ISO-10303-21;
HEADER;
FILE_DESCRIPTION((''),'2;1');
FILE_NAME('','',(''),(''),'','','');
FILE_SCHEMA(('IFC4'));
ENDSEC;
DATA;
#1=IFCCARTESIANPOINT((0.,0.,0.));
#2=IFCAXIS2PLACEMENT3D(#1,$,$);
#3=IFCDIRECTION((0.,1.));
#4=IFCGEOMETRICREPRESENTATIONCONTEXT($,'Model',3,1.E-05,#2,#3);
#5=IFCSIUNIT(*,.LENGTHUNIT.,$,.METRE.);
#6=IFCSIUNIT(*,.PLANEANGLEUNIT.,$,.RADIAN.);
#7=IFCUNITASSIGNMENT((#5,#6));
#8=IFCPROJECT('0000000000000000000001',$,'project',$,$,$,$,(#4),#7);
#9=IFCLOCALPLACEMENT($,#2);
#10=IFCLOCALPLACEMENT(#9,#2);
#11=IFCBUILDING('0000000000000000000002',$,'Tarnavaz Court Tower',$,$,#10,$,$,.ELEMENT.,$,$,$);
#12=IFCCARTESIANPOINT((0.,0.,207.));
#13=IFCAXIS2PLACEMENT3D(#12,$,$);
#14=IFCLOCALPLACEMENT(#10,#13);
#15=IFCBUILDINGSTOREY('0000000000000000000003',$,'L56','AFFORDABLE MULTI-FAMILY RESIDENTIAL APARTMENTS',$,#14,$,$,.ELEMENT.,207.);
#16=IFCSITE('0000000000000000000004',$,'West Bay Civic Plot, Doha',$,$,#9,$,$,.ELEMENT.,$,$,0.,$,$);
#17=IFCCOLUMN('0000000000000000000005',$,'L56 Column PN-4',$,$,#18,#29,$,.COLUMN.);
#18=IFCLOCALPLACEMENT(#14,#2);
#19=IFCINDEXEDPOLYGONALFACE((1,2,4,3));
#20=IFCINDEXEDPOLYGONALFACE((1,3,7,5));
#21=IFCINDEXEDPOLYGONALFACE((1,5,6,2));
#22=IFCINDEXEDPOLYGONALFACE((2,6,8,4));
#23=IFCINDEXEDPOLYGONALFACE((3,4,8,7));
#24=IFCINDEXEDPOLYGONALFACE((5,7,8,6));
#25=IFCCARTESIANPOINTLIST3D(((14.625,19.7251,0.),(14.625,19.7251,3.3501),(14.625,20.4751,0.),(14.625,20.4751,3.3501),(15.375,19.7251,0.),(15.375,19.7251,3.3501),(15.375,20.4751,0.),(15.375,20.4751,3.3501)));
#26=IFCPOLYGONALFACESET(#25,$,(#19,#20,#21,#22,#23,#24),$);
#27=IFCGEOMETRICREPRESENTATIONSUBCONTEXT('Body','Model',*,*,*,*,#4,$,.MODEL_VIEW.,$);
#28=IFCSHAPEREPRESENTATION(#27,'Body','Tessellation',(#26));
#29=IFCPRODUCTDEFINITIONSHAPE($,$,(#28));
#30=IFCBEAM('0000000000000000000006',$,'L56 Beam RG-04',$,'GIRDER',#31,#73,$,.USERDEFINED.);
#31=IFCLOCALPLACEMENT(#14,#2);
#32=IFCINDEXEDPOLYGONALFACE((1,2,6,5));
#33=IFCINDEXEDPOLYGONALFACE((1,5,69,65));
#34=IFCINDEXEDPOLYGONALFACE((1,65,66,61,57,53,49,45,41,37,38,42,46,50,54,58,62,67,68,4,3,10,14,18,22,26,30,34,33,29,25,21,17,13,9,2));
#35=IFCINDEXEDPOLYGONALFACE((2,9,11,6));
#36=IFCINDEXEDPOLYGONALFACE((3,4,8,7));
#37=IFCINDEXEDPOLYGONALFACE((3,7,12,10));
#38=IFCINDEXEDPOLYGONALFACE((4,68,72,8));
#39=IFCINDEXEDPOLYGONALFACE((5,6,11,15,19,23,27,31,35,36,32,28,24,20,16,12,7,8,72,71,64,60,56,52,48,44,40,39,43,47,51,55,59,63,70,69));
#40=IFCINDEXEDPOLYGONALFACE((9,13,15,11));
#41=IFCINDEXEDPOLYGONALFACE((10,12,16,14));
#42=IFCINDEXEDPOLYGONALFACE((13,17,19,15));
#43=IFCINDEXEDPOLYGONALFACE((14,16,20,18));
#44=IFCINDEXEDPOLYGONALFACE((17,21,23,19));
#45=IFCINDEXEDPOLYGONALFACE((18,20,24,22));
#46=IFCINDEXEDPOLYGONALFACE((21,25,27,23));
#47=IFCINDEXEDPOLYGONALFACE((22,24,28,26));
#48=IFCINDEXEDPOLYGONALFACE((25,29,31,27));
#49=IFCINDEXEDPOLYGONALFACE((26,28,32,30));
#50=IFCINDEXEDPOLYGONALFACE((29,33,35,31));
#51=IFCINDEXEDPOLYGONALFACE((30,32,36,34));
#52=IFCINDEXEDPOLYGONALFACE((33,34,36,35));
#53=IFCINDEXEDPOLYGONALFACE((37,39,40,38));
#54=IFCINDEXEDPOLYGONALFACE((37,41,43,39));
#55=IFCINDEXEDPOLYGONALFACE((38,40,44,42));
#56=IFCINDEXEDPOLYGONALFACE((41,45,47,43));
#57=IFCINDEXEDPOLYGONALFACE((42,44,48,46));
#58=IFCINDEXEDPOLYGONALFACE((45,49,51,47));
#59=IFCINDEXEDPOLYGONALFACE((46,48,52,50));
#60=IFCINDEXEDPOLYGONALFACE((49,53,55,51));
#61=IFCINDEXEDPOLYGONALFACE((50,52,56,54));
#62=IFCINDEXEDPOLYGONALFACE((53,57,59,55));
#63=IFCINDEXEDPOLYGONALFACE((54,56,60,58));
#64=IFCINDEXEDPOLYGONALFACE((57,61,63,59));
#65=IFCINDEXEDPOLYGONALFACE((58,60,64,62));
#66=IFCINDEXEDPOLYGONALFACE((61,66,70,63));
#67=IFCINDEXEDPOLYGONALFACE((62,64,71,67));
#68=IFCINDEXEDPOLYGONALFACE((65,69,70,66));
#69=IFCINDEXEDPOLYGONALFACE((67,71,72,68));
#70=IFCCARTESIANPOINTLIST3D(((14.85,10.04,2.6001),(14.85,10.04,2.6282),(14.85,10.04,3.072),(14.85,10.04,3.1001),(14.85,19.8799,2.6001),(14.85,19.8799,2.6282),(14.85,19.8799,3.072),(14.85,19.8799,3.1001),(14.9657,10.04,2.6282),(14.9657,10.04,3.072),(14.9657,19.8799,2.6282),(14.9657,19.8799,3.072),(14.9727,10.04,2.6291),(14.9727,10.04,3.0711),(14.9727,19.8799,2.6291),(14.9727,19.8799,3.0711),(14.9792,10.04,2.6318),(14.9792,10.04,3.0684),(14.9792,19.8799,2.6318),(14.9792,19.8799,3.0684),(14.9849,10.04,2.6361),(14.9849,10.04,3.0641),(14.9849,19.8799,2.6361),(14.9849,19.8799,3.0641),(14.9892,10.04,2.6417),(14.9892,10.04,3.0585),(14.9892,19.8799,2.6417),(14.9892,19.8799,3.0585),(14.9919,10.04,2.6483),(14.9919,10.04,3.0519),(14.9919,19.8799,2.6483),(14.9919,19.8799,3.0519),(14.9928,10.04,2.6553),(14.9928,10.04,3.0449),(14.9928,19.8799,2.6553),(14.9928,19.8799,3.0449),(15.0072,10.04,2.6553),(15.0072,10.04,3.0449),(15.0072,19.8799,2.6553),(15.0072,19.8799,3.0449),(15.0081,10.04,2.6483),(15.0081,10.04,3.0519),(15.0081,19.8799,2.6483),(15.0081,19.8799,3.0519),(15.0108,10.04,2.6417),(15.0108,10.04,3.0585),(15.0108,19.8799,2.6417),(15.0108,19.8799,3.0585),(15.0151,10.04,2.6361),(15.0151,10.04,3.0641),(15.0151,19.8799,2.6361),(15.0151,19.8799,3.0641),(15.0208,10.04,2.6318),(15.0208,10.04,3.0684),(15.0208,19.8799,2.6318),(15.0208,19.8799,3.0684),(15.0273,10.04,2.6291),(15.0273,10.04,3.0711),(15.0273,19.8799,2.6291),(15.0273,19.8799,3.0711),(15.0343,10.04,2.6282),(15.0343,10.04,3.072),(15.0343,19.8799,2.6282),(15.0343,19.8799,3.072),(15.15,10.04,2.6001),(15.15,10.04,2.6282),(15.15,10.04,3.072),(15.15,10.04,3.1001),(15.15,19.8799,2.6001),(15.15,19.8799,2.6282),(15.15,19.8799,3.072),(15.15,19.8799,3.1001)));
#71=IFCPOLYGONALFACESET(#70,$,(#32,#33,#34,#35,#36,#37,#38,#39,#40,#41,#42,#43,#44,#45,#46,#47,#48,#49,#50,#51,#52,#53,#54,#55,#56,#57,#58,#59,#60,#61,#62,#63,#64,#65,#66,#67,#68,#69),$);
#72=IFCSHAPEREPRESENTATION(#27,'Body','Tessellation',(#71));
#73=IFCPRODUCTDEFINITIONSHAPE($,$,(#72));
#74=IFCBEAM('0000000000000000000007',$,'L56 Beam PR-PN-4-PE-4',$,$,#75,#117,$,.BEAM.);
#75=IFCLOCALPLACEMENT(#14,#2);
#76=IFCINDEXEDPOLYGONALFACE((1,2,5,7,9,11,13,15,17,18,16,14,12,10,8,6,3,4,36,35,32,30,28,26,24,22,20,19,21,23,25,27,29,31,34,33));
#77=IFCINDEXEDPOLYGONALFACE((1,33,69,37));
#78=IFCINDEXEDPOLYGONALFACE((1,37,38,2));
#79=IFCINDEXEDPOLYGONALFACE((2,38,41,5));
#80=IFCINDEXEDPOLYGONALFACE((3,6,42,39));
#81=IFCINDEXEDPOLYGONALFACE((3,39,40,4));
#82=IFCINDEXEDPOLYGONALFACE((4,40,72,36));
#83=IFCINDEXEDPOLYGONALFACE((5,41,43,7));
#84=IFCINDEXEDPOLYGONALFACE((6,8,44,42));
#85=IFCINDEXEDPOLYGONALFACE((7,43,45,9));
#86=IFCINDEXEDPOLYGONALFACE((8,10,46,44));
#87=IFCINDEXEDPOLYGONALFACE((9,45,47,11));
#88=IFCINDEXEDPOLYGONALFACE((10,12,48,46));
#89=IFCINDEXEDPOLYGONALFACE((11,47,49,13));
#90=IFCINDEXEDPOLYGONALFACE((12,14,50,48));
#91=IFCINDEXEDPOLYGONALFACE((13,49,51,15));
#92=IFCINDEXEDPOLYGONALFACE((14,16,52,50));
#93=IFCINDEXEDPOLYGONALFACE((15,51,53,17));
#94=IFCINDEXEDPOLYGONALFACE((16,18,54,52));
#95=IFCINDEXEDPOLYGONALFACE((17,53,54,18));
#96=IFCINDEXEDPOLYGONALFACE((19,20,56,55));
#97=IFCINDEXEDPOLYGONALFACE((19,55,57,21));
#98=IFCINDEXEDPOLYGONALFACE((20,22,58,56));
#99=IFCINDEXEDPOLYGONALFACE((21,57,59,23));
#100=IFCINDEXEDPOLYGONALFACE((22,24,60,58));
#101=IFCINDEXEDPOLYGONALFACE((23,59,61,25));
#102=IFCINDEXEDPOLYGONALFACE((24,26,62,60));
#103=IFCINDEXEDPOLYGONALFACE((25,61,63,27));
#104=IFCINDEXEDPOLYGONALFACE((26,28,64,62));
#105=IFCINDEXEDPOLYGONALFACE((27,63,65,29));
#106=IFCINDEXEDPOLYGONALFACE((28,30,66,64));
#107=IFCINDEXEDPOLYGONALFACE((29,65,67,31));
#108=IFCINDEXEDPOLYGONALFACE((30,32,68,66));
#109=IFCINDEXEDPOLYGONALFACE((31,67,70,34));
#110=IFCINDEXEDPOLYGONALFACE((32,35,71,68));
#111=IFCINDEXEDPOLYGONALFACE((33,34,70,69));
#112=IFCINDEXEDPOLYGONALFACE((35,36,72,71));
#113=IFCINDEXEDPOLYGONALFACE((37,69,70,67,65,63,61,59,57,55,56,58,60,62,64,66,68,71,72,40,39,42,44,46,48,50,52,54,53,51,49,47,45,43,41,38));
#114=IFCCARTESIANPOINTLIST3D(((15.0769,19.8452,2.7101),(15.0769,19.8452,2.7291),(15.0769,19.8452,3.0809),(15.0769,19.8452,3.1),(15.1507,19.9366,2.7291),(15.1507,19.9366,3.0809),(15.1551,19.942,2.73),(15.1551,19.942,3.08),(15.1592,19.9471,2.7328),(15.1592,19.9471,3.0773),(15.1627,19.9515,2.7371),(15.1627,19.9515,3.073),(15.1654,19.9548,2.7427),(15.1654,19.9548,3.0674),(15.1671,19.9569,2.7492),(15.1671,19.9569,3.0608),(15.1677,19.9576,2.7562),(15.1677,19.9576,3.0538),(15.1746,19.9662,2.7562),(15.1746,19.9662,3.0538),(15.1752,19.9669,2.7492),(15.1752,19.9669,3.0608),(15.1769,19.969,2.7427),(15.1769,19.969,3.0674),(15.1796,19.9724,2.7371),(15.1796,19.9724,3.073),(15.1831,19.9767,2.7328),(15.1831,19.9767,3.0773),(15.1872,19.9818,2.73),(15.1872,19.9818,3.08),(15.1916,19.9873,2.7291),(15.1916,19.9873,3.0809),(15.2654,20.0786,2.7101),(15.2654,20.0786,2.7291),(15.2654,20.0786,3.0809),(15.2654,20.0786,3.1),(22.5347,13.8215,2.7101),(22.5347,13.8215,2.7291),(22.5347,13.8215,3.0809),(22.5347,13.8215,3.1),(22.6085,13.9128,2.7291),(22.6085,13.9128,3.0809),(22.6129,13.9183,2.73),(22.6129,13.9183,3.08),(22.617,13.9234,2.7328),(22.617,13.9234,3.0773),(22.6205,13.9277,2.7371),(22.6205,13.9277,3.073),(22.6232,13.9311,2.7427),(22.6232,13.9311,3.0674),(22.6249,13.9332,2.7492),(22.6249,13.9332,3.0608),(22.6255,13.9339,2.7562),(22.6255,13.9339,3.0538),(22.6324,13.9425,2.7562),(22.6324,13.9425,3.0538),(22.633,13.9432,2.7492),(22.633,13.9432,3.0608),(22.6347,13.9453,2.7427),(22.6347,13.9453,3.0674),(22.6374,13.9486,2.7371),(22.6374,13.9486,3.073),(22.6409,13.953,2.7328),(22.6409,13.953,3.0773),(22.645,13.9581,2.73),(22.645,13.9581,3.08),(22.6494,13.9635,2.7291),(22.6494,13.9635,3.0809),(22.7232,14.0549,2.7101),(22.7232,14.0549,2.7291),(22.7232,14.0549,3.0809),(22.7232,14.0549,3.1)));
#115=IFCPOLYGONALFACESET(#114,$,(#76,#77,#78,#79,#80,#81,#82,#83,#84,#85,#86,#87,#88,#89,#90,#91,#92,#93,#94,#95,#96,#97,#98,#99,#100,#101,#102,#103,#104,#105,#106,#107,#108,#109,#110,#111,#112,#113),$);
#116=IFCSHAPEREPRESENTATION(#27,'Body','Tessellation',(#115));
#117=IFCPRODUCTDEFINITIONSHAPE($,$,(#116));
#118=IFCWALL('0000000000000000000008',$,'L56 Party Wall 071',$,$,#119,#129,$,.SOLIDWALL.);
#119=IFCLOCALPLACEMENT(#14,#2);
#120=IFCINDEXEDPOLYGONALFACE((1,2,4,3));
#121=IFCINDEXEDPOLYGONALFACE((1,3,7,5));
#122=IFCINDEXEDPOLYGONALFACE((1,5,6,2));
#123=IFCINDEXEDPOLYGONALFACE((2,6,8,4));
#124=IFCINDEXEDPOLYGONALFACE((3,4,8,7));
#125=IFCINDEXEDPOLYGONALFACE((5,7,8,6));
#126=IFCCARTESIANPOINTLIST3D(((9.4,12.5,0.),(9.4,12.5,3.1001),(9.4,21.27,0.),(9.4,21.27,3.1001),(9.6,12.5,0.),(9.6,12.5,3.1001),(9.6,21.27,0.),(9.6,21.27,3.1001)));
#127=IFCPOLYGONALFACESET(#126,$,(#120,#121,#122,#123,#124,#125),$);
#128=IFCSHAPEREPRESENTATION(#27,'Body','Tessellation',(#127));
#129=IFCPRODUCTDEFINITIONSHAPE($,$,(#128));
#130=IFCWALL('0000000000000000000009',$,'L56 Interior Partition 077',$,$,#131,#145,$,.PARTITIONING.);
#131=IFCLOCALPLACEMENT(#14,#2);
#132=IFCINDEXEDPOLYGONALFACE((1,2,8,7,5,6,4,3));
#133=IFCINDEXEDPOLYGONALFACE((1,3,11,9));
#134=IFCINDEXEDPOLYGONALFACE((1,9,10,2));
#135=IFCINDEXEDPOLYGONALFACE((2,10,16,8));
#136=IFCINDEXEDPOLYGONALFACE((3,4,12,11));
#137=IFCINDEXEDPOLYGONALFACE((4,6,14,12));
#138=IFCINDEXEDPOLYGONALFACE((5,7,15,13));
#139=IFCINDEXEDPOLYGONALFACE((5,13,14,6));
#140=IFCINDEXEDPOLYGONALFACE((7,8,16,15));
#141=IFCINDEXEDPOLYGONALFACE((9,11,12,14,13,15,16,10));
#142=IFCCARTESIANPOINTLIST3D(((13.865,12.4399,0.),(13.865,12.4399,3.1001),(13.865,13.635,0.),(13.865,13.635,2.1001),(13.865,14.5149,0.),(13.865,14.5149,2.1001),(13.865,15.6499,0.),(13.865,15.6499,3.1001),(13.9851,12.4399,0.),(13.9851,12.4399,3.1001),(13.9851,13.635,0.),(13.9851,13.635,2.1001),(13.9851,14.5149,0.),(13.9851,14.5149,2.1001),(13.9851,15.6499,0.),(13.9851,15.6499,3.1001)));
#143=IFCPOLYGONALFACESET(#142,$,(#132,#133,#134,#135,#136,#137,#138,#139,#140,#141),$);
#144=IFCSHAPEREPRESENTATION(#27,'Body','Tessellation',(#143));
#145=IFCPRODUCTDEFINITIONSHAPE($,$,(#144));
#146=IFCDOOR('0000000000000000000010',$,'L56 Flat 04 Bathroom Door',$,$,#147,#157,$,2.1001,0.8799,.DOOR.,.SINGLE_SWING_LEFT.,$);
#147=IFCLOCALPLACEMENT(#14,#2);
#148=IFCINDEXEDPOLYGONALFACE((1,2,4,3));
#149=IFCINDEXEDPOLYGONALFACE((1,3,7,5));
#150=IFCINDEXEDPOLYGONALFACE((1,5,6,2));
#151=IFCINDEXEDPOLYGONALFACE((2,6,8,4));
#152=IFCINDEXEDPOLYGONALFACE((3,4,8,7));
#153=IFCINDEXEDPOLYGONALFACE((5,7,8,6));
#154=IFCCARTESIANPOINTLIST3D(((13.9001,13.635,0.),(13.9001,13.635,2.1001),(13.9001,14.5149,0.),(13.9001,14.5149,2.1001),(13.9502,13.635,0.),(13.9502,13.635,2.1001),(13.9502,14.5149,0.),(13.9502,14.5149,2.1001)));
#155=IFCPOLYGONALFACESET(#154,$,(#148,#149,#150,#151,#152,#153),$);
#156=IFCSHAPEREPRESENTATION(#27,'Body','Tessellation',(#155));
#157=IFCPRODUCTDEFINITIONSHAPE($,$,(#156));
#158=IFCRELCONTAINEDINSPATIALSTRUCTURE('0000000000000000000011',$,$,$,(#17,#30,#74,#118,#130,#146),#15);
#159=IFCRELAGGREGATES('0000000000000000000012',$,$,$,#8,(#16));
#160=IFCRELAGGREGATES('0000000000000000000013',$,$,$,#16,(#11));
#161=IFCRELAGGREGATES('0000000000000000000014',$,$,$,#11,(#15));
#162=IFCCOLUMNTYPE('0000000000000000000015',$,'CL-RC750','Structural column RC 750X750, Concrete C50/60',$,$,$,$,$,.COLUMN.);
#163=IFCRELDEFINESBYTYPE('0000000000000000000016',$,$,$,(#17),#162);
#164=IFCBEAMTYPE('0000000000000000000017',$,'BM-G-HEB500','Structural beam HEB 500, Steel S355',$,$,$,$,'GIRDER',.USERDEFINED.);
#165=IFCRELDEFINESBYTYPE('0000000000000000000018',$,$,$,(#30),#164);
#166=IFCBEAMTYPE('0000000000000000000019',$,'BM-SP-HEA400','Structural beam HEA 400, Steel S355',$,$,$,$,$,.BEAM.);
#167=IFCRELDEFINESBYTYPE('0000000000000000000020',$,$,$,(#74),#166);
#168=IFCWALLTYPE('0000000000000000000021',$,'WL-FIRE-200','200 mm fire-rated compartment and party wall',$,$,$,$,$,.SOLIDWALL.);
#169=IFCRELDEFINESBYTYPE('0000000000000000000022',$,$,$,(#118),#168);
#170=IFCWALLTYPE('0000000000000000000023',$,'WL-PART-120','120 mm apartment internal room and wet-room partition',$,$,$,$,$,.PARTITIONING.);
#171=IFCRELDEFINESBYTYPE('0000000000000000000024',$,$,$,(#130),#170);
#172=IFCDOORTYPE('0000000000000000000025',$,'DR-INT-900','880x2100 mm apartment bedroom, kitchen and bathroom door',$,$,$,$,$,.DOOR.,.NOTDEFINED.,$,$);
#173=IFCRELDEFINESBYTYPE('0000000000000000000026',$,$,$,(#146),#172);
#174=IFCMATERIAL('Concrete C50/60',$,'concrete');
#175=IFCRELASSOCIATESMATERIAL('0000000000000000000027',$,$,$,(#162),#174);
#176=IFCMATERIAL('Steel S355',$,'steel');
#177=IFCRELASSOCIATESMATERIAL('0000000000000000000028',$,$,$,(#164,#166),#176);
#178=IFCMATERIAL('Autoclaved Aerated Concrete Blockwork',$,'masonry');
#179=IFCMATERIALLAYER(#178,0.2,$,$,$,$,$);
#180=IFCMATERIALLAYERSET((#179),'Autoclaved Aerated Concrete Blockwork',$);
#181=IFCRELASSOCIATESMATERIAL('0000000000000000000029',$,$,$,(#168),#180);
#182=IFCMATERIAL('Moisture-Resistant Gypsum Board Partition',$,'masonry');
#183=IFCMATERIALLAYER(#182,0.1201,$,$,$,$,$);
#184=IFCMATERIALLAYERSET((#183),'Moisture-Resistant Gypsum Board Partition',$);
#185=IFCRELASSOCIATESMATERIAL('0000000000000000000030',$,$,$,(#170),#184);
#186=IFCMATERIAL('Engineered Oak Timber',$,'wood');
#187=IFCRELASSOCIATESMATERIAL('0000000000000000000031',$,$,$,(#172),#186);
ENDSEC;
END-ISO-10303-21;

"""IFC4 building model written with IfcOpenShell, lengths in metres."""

from ifc_helpers import new_model, si_unit, direction, frame, frame_2d, origin, origin_2d, place, context, subcontext, project, spatial, rectangle, i_section, extrude, material, layer, layer_set, material_profile, profile_set, type_object, element, fill, save


model = new_model("IFC4")

# Units and contexts
model_context = context("Model", 3, precision=1e-05, world=origin(), true_north=direction((0.0, 1.0)))
body_context = subcontext(model_context, "Body", "Model", "MODEL_VIEW")
ifc_project = project(units=[si_unit("LENGTHUNIT", "METRE"), si_unit("PLANEANGLEUNIT", "RADIAN")], contexts=[model_context])

# Site, building, storey
site_placement = place(None, origin())
site = spatial("IfcSite", under=ifc_project, at=site_placement, Name="West Bay Civic Plot, Doha", CompositionType="ELEMENT", RefElevation=0.0)
building_placement = place(site_placement, origin())
building = spatial("IfcBuilding", under=site, at=building_placement, Name="Tarnavaz Court Tower", CompositionType="ELEMENT")
storey_placement = place(building_placement, frame((0.0, 0.0, 207.0)))
storey = spatial("IfcBuildingStorey", under=building, at=storey_placement, Name="L56", Description="AFFORDABLE MULTI-FAMILY RESIDENTIAL APARTMENTS", CompositionType="ELEMENT", Elevation=207.0)

# Column
ifc_material_1 = material(Name="Concrete C50/60", Category="concrete")
ifc_material_profile_1 = material_profile(ifc_material_1, rectangle(XDim=0.75, YDim=0.75, at=origin_2d()), Name="RC 750X750")
ifc_profile_set_1 = profile_set([ifc_material_profile_1], Name="Concrete C50/60")
column_type = type_object("IfcColumnType", Name="CL-RC750", Description="Structural column RC 750X750, Concrete C50/60", PredefinedType="COLUMN", material=ifc_profile_set_1)
column_placement = place(storey_placement, frame((15.0, 20.1001, 0.0), z_axis=(0.0, 0.0, 1.0), x_axis=(1.0, 0.0, 0.0)))
element("IfcColumn", 1, at=column_placement, inside=storey, type_object=column_type, Name="L56 Column PN-4", PredefinedType="COLUMN", context=body_context, shape_type="SweptSolid", body=[
    extrude(rectangle(XDim=0.75, YDim=0.75, at=origin_2d()), origin(), (0.0, 0.0, 1.0), 3.3501),
])

# Beams
ifc_material_2 = material(Name="Steel S355", Category="steel")
ifc_material_profile_2 = material_profile(ifc_material_2, i_section(OverallWidth=0.3, OverallDepth=0.5, WebThickness=0.0144, FlangeThickness=0.0281, FilletRadius=0.0271, at=origin_2d()), Name="HEB 500")
ifc_profile_set_2 = profile_set([ifc_material_profile_2], Name="Steel S355")
beam_type_1 = type_object("IfcBeamType", Name="BM-G-HEB500", Description="Structural beam HEB 500, Steel S355", ElementType="GIRDER", PredefinedType="USERDEFINED", material=ifc_profile_set_2)
beam_1_placement = place(storey_placement, frame((15.0, 10.04, 2.8501), z_axis=(0.0, 1.0, 0.0), x_axis=(-1.0, 0.0, 0.0)))
element("IfcBeam", 2, at=beam_1_placement, inside=storey, type_object=beam_type_1, Name="L56 Beam RG-04", ObjectType="GIRDER", PredefinedType="USERDEFINED", context=body_context, shape_type="SweptSolid", body=[
    extrude(i_section(OverallWidth=0.3, OverallDepth=0.5, WebThickness=0.0144, FlangeThickness=0.0281, FilletRadius=0.0271, at=origin_2d()), origin(), (0.0, 0.0, 1.0), 9.8398),
])
ifc_material_profile_3 = material_profile(ifc_material_2, i_section(OverallWidth=0.3, OverallDepth=0.3899, WebThickness=0.011, FlangeThickness=0.019, FilletRadius=0.0271, at=origin_2d()), Name="HEA 400")
ifc_profile_set_3 = profile_set([ifc_material_profile_3], Name="Steel S355")
beam_type_2 = type_object("IfcBeamType", Name="BM-SP-HEA400", Description="Structural beam HEA 400, Steel S355", PredefinedType="BEAM", material=ifc_profile_set_3)
beam_2_placement = place(storey_placement, frame((15.1711, 19.9619, 2.905), z_axis=(0.777936, -0.628344, 0.0), x_axis=(0.628344, 0.777936, 0.0)))
element("IfcBeam", 3, at=beam_2_placement, inside=storey, type_object=beam_type_2, Name="L56 Beam PR-PN-4-PE-4", PredefinedType="BEAM", context=body_context, shape_type="SweptSolid", body=[
    extrude(i_section(OverallWidth=0.3, OverallDepth=0.3899, WebThickness=0.011, FlangeThickness=0.019, FilletRadius=0.0271, at=origin_2d()), origin(), (0.0, 0.0, 1.0), 9.5867),
])

# Wall
ifc_material_3 = material(Name="Autoclaved Aerated Concrete Blockwork", Category="masonry")
ifc_layer_1 = layer(ifc_material_3, 0.2)
ifc_layer_set_1 = layer_set([ifc_layer_1], Name="Autoclaved Aerated Concrete Blockwork")
wall_type_1 = type_object("IfcWallType", Name="WL-FIRE-200", Description="200 mm fire-rated compartment and party wall", PredefinedType="SOLIDWALL", material=ifc_layer_set_1)
wall_1_placement = place(storey_placement, frame((9.5, 12.5, 0.0), z_axis=(0.0, 0.0, 1.0), x_axis=(0.0, 1.0, 0.0)))
element("IfcWall", 4, at=wall_1_placement, inside=storey, type_object=wall_type_1, Name="L56 Party Wall 071", PredefinedType="SOLIDWALL", context=body_context, shape_type="SweptSolid", body=[
    extrude(rectangle(XDim=8.77, YDim=0.2, at=frame_2d((4.385, 0.0))), origin(), (0.0, 0.0, 1.0), 3.1001),
])

# Wall, opening, door
ifc_material_4 = material(Name="Moisture-Resistant Gypsum Board Partition", Category="masonry")
ifc_layer_2 = layer(ifc_material_4, 0.1201)
ifc_layer_set_2 = layer_set([ifc_layer_2], Name="Moisture-Resistant Gypsum Board Partition")
wall_type_2 = type_object("IfcWallType", Name="WL-PART-120", Description="120 mm apartment internal room and wet-room partition", PredefinedType="PARTITIONING", material=ifc_layer_set_2)
wall_2_placement = place(storey_placement, frame((13.925, 12.4399, 0.0), z_axis=(0.0, 0.0, 1.0), x_axis=(0.0, 1.0, 0.0)))
wall_2 = element("IfcWall", 5, at=wall_2_placement, inside=storey, type_object=wall_type_2, Name="L56 Interior Partition 077", PredefinedType="PARTITIONING", context=body_context, shape_type="SweptSolid", body=[
    extrude(rectangle(XDim=3.21, YDim=0.1201, at=frame_2d((1.605, 0.0))), origin(), (0.0, 0.0, 1.0), 3.1001),
])
opening_1_placement = place(wall_2_placement, frame((1.1951, 0.0, 0.0)))
opening_1 = element("IfcOpeningElement", 6, at=opening_1_placement, cuts=wall_2, PredefinedType="OPENING", context=body_context, shape_type="SweptSolid", body=[
    extrude(rectangle(XDim=0.8799, YDim=2.1001, at=frame_2d((0.4399, 1.05))), frame((0.0, 0.0701, 0.0), z_axis=(0.0, -1.0, 0.0), x_axis=(1.0, 0.0, 0.0)), (0.0, 0.0, 1.0), 0.1401),
])
ifc_material_5 = material(Name="Engineered Oak Timber", Category="wood")
door_type = type_object("IfcDoorType", Name="DR-INT-900", Description="880x2100 mm apartment bedroom, kitchen and bathroom door", OperationType="NOTDEFINED", PredefinedType="DOOR", material=ifc_material_5)
door_1_placement = place(opening_1_placement, origin())
door_1 = element("IfcDoor", 7, at=door_1_placement, inside=storey, type_object=door_type, Name="L56 Flat 04 Bathroom Door", OperationType="SINGLE_SWING_LEFT", OverallHeight=2.1001, OverallWidth=0.8799, PredefinedType="DOOR", context=body_context, shape_type="SweptSolid", body=[
    extrude(rectangle(XDim=0.8799, YDim=2.1001, at=frame_2d((0.4399, 1.05))), frame((0.0, 0.0249, 0.0), z_axis=(0.0, -1.0, 0.0), x_axis=(1.0, 0.0, 0.0)), (0.0, 0.0, 1.0), 0.05),
])
fill(opening_1, door_1)

save(model, "model.ifc")
